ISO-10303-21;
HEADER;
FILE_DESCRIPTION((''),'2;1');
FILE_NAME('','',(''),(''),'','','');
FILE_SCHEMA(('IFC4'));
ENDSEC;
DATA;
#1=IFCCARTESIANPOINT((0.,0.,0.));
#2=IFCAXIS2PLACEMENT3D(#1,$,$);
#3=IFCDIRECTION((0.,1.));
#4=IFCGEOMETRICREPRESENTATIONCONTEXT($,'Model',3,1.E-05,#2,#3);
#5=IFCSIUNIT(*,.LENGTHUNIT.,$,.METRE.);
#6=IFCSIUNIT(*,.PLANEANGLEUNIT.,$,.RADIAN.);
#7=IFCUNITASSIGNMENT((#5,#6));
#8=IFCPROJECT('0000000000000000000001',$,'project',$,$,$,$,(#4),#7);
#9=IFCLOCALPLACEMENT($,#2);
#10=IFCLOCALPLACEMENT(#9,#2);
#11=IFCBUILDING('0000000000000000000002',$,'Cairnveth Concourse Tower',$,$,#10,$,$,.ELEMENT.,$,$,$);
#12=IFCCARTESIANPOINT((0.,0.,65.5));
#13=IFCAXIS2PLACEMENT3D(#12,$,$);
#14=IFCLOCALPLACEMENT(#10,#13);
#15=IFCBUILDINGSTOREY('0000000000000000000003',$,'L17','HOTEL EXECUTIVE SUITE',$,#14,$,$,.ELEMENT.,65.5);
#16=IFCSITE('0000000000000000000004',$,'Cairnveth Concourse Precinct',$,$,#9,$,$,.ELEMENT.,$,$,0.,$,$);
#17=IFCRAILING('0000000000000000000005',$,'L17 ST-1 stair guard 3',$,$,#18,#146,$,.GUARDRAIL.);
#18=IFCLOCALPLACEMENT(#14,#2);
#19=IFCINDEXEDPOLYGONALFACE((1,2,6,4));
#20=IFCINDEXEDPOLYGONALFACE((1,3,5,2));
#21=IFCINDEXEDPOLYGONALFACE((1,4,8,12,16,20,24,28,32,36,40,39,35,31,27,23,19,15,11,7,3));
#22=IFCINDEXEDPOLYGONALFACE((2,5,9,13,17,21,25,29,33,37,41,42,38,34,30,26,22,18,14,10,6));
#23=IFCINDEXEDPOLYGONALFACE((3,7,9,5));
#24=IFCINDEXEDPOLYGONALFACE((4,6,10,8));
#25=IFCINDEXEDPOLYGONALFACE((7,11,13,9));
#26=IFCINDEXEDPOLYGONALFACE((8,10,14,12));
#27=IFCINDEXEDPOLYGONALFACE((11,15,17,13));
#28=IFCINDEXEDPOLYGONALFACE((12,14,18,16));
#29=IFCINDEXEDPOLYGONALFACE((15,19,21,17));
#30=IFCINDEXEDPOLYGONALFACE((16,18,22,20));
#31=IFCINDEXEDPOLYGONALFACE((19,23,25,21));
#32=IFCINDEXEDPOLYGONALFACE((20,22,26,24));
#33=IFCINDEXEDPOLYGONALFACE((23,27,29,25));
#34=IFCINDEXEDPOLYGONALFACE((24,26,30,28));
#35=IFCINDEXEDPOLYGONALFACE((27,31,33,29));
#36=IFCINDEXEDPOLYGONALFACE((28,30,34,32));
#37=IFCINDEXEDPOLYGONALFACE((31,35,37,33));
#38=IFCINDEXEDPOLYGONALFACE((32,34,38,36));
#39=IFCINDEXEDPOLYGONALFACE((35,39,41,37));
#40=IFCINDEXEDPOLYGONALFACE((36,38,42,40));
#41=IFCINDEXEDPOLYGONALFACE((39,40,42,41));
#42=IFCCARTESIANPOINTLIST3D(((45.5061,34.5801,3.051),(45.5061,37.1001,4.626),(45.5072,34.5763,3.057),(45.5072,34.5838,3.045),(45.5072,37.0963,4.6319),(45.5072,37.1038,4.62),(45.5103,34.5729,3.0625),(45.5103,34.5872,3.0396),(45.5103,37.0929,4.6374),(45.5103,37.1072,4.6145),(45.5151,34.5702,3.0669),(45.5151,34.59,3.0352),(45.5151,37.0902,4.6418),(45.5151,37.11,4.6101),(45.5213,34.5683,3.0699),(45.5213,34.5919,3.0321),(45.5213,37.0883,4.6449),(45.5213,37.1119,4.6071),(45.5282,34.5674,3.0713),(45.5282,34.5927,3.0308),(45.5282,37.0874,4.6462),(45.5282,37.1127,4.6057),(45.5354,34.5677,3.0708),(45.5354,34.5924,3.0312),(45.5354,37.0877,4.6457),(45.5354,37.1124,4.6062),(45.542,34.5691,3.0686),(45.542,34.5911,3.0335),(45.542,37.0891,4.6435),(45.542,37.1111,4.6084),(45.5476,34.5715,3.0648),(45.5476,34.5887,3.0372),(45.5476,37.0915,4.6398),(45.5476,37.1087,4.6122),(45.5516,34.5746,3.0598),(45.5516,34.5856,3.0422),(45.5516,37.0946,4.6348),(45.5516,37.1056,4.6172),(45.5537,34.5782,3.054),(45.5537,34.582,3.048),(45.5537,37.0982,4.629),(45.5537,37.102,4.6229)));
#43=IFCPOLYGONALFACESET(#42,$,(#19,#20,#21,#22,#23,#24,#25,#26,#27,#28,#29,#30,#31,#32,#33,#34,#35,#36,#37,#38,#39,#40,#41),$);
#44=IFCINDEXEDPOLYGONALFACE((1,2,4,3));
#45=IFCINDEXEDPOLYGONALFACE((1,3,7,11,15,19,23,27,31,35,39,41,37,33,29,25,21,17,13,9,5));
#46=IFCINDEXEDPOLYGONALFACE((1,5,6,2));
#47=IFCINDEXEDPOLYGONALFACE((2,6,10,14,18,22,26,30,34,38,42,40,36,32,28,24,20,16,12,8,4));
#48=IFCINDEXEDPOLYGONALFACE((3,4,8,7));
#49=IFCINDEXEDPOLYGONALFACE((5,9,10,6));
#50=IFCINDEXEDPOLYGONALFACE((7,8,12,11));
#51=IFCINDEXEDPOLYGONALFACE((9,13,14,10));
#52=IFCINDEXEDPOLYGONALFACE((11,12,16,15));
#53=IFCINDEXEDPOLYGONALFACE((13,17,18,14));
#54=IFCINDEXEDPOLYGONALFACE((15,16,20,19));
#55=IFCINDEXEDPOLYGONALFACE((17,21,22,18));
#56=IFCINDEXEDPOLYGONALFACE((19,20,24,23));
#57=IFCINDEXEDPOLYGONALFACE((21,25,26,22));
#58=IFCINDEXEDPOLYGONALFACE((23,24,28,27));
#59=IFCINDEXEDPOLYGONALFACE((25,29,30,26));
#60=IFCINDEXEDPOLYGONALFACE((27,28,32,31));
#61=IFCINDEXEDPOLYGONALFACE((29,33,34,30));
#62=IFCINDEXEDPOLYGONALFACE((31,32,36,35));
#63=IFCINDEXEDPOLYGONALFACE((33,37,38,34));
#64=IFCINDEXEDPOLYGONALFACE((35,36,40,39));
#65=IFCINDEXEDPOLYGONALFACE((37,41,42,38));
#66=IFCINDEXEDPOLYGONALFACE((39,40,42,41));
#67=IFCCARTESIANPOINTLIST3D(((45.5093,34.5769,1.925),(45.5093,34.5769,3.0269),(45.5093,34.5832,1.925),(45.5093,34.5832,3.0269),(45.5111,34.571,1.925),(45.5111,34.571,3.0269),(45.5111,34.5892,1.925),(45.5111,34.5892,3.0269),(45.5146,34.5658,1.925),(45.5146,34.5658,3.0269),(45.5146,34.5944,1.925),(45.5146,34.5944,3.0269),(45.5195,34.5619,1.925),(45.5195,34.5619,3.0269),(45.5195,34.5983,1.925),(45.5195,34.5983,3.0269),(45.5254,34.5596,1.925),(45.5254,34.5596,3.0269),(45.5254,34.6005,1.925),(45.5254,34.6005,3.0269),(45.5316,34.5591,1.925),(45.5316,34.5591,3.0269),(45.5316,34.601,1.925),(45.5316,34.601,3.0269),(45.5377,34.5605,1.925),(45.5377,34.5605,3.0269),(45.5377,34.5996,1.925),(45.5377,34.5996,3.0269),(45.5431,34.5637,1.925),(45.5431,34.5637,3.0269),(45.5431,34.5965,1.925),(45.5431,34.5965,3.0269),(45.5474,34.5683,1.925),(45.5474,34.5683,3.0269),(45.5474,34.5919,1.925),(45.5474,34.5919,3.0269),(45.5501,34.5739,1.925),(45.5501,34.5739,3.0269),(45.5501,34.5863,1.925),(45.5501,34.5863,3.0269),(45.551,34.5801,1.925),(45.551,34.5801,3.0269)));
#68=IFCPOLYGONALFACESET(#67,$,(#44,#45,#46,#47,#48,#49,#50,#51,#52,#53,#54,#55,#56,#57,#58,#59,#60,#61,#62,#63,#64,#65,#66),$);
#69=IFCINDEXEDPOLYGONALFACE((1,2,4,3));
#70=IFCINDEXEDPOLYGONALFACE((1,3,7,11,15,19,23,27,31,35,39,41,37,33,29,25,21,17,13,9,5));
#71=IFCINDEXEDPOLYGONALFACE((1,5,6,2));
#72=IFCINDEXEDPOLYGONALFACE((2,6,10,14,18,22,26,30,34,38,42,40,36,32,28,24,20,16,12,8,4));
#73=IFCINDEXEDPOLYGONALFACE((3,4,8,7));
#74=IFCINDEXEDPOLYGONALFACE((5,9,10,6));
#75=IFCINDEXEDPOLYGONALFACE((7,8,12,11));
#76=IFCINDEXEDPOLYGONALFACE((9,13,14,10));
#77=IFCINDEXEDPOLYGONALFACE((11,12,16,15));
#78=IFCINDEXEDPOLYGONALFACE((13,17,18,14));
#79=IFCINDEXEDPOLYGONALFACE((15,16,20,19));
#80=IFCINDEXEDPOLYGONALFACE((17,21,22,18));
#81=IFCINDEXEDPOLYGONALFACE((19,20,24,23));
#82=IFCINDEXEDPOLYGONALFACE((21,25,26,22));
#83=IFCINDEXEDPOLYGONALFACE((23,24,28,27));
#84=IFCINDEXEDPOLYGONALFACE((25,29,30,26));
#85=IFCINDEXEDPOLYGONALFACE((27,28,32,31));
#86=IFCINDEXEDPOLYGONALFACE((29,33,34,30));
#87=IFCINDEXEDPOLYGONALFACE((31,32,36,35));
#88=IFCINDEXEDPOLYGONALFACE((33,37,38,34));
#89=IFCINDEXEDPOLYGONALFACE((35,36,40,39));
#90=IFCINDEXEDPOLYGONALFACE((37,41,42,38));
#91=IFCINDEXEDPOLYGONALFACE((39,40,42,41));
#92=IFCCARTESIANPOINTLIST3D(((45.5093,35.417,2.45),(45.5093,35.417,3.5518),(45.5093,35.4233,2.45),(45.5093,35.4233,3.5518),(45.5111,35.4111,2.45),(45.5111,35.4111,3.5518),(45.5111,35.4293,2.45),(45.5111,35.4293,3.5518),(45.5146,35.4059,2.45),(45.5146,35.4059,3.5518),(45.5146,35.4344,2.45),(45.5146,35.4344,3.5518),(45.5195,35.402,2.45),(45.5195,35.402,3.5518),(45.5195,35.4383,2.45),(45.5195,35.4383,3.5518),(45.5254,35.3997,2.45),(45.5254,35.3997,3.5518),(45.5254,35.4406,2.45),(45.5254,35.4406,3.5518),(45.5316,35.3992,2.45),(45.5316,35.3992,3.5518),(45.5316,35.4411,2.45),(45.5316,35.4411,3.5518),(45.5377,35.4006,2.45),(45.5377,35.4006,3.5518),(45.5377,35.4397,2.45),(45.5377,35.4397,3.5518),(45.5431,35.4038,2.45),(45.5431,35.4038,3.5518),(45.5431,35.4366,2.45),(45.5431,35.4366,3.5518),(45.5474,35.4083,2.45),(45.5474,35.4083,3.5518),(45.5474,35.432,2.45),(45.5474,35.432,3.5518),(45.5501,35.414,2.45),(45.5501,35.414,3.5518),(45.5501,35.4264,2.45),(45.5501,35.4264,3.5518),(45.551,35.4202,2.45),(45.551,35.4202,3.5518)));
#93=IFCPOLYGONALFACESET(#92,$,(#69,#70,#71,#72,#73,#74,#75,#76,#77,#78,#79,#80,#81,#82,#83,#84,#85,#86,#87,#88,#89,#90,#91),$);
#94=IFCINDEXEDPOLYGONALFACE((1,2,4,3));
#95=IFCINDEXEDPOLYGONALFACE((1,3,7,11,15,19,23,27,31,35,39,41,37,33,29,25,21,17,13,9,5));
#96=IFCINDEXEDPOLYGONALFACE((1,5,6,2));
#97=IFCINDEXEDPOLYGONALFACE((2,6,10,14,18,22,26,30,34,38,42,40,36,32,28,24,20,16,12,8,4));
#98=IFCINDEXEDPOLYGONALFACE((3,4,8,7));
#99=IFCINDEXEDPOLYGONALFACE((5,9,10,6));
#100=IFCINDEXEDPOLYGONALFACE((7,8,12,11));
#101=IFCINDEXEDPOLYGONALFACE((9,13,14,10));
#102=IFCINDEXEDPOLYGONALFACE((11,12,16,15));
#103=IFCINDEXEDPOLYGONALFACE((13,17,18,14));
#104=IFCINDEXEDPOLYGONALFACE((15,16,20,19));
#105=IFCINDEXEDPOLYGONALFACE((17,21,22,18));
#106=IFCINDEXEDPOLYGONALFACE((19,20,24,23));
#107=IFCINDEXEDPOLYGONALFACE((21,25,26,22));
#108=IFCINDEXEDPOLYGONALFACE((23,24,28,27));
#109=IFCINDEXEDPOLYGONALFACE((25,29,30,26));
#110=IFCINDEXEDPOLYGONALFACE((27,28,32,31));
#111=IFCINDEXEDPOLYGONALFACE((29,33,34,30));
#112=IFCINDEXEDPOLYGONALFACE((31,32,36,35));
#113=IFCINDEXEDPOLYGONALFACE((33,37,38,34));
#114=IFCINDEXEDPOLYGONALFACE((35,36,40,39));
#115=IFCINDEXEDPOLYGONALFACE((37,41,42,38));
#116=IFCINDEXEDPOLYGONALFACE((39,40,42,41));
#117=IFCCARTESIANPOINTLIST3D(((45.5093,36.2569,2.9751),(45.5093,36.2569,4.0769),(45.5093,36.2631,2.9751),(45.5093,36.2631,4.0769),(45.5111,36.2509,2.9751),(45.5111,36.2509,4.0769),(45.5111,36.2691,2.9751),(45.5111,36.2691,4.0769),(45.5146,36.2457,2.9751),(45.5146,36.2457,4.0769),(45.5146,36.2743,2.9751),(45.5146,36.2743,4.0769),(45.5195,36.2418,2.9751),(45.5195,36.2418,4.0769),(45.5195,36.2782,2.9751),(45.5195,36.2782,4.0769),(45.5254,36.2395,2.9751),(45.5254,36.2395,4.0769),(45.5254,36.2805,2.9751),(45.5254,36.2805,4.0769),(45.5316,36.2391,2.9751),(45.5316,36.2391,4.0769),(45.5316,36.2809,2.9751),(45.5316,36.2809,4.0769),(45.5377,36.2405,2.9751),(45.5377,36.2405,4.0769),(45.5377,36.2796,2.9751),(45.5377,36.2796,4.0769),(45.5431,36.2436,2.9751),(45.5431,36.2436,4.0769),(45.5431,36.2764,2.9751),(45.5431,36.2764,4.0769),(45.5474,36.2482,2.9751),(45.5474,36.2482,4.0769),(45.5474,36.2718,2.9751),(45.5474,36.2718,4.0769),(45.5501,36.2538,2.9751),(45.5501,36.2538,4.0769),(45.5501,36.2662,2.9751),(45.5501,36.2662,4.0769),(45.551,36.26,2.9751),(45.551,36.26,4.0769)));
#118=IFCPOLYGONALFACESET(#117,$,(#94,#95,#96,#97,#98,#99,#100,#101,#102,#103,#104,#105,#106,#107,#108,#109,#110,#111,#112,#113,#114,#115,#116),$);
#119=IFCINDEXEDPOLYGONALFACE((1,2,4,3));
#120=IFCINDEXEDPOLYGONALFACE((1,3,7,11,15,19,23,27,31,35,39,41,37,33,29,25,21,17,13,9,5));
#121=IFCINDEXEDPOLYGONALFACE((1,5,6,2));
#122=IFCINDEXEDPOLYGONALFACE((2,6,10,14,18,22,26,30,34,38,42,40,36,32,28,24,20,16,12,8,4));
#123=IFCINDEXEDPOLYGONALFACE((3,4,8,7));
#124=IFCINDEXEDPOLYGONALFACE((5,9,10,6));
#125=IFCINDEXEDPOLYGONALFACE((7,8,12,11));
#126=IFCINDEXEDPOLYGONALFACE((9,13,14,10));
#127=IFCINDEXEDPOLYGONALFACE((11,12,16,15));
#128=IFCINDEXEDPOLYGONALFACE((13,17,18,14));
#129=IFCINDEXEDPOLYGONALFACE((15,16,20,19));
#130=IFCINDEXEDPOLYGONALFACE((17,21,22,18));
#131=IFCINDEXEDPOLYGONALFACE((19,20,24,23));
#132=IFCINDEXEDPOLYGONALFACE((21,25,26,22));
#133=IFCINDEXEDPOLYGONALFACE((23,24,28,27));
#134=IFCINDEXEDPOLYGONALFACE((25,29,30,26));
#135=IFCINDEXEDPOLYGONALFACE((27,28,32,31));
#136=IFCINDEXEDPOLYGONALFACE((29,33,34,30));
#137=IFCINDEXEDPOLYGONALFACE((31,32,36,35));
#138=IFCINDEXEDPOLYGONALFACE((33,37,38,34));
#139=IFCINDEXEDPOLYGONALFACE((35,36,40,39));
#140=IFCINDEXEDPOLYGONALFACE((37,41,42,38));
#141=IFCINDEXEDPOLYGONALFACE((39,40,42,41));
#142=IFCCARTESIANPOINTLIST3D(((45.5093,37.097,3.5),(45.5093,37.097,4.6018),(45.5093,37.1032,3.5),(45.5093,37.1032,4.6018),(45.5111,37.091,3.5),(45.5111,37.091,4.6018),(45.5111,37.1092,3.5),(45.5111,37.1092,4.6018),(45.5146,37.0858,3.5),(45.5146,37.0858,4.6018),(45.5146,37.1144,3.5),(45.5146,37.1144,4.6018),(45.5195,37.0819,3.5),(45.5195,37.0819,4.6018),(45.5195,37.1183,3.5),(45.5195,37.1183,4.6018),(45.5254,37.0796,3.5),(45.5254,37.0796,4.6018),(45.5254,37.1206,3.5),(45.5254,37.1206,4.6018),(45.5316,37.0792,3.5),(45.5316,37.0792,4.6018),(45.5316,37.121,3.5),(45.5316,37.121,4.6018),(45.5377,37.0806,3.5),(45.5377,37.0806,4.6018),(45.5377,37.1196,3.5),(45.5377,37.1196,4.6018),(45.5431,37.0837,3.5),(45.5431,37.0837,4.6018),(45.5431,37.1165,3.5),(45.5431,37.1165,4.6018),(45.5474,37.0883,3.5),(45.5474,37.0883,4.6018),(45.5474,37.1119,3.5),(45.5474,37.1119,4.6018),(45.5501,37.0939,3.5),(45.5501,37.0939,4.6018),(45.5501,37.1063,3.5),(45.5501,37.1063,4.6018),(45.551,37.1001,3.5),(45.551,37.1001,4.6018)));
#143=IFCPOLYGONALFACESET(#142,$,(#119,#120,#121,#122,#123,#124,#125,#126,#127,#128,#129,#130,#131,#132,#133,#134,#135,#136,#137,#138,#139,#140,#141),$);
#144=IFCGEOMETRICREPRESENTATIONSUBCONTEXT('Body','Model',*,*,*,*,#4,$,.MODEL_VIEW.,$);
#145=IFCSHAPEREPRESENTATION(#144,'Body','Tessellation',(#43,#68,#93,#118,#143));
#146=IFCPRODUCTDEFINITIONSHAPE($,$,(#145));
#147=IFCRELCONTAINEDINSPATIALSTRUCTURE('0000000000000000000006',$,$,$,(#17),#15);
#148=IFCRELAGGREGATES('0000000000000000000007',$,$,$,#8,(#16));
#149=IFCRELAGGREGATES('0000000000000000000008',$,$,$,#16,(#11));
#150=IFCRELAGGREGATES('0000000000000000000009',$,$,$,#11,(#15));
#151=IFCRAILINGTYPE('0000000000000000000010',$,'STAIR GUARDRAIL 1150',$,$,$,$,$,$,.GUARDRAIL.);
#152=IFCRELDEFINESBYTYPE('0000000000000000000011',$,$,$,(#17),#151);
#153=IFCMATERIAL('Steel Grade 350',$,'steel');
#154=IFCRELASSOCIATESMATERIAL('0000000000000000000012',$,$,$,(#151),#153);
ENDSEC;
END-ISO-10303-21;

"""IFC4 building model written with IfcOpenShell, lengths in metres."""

from ifc_helpers import new_model, si_unit, direction, frame, origin, origin_2d, place, context, subcontext, project, spatial, circle, extrude, material, type_object, element, save


model = new_model("IFC4")

# Units and contexts
model_context = context("Model", 3, precision=1e-05, world=origin(), true_north=direction((0.0, 1.0)))
body_context = subcontext(model_context, "Body", "Model", "MODEL_VIEW")
ifc_project = project(units=[si_unit("LENGTHUNIT", "METRE"), si_unit("PLANEANGLEUNIT", "RADIAN")], contexts=[model_context])

# Site, building, storey
site_placement = place(None, origin())
site = spatial("IfcSite", under=ifc_project, at=site_placement, Name="Cairnveth Concourse Precinct", CompositionType="ELEMENT", RefElevation=0.0)
building_placement = place(site_placement, origin())
building = spatial("IfcBuilding", under=site, at=building_placement, Name="Cairnveth Concourse Tower", CompositionType="ELEMENT")
storey_placement = place(building_placement, frame((0.0, 0.0, 65.5)))
storey = spatial("IfcBuildingStorey", under=building, at=storey_placement, Name="L17", Description="HOTEL EXECUTIVE SUITE", CompositionType="ELEMENT", Elevation=65.5)

# Railing
ifc_material_1 = material(Name="Steel Grade 350", Category="steel")
railing_type_1 = type_object("IfcRailingType", Name="STAIR GUARDRAIL 1150", PredefinedType="GUARDRAIL", material=ifc_material_1)
railing_1_placement = place(storey_placement, frame((45.53, 34.5801, 1.925)))
element("IfcRailing", 1, at=railing_1_placement, inside=storey, type_object=railing_type_1, Name="L17 ST-1 stair guard 3", PredefinedType="GUARDRAIL", context=body_context, shape_type="SweptSolid", body=[
    extrude(circle(Radius=0.0239, at=origin_2d()), frame((0.0, 0.0, 1.126), z_axis=(0.0, 0.848008, 0.529984), x_axis=(-1.0, 0.0, 0.0)), (0.0, 0.0, 1.0), 2.9717),
    extrude(circle(Radius=0.021, at=origin_2d()), origin(), (0.0, 0.0, 1.0), 1.1018),
    extrude(circle(Radius=0.021, at=origin_2d()), frame((0.0, 0.8401, 0.5249)), (0.0, 0.0, 1.0), 1.1018),
    extrude(circle(Radius=0.021, at=origin_2d()), frame((0.0, 1.6799, 1.05)), (0.0, 0.0, 1.0), 1.1018),
    extrude(circle(Radius=0.021, at=origin_2d()), frame((0.0, 2.52, 1.575)), (0.0, 0.0, 1.0), 1.1018),
])

save(model, "model.ifc")
